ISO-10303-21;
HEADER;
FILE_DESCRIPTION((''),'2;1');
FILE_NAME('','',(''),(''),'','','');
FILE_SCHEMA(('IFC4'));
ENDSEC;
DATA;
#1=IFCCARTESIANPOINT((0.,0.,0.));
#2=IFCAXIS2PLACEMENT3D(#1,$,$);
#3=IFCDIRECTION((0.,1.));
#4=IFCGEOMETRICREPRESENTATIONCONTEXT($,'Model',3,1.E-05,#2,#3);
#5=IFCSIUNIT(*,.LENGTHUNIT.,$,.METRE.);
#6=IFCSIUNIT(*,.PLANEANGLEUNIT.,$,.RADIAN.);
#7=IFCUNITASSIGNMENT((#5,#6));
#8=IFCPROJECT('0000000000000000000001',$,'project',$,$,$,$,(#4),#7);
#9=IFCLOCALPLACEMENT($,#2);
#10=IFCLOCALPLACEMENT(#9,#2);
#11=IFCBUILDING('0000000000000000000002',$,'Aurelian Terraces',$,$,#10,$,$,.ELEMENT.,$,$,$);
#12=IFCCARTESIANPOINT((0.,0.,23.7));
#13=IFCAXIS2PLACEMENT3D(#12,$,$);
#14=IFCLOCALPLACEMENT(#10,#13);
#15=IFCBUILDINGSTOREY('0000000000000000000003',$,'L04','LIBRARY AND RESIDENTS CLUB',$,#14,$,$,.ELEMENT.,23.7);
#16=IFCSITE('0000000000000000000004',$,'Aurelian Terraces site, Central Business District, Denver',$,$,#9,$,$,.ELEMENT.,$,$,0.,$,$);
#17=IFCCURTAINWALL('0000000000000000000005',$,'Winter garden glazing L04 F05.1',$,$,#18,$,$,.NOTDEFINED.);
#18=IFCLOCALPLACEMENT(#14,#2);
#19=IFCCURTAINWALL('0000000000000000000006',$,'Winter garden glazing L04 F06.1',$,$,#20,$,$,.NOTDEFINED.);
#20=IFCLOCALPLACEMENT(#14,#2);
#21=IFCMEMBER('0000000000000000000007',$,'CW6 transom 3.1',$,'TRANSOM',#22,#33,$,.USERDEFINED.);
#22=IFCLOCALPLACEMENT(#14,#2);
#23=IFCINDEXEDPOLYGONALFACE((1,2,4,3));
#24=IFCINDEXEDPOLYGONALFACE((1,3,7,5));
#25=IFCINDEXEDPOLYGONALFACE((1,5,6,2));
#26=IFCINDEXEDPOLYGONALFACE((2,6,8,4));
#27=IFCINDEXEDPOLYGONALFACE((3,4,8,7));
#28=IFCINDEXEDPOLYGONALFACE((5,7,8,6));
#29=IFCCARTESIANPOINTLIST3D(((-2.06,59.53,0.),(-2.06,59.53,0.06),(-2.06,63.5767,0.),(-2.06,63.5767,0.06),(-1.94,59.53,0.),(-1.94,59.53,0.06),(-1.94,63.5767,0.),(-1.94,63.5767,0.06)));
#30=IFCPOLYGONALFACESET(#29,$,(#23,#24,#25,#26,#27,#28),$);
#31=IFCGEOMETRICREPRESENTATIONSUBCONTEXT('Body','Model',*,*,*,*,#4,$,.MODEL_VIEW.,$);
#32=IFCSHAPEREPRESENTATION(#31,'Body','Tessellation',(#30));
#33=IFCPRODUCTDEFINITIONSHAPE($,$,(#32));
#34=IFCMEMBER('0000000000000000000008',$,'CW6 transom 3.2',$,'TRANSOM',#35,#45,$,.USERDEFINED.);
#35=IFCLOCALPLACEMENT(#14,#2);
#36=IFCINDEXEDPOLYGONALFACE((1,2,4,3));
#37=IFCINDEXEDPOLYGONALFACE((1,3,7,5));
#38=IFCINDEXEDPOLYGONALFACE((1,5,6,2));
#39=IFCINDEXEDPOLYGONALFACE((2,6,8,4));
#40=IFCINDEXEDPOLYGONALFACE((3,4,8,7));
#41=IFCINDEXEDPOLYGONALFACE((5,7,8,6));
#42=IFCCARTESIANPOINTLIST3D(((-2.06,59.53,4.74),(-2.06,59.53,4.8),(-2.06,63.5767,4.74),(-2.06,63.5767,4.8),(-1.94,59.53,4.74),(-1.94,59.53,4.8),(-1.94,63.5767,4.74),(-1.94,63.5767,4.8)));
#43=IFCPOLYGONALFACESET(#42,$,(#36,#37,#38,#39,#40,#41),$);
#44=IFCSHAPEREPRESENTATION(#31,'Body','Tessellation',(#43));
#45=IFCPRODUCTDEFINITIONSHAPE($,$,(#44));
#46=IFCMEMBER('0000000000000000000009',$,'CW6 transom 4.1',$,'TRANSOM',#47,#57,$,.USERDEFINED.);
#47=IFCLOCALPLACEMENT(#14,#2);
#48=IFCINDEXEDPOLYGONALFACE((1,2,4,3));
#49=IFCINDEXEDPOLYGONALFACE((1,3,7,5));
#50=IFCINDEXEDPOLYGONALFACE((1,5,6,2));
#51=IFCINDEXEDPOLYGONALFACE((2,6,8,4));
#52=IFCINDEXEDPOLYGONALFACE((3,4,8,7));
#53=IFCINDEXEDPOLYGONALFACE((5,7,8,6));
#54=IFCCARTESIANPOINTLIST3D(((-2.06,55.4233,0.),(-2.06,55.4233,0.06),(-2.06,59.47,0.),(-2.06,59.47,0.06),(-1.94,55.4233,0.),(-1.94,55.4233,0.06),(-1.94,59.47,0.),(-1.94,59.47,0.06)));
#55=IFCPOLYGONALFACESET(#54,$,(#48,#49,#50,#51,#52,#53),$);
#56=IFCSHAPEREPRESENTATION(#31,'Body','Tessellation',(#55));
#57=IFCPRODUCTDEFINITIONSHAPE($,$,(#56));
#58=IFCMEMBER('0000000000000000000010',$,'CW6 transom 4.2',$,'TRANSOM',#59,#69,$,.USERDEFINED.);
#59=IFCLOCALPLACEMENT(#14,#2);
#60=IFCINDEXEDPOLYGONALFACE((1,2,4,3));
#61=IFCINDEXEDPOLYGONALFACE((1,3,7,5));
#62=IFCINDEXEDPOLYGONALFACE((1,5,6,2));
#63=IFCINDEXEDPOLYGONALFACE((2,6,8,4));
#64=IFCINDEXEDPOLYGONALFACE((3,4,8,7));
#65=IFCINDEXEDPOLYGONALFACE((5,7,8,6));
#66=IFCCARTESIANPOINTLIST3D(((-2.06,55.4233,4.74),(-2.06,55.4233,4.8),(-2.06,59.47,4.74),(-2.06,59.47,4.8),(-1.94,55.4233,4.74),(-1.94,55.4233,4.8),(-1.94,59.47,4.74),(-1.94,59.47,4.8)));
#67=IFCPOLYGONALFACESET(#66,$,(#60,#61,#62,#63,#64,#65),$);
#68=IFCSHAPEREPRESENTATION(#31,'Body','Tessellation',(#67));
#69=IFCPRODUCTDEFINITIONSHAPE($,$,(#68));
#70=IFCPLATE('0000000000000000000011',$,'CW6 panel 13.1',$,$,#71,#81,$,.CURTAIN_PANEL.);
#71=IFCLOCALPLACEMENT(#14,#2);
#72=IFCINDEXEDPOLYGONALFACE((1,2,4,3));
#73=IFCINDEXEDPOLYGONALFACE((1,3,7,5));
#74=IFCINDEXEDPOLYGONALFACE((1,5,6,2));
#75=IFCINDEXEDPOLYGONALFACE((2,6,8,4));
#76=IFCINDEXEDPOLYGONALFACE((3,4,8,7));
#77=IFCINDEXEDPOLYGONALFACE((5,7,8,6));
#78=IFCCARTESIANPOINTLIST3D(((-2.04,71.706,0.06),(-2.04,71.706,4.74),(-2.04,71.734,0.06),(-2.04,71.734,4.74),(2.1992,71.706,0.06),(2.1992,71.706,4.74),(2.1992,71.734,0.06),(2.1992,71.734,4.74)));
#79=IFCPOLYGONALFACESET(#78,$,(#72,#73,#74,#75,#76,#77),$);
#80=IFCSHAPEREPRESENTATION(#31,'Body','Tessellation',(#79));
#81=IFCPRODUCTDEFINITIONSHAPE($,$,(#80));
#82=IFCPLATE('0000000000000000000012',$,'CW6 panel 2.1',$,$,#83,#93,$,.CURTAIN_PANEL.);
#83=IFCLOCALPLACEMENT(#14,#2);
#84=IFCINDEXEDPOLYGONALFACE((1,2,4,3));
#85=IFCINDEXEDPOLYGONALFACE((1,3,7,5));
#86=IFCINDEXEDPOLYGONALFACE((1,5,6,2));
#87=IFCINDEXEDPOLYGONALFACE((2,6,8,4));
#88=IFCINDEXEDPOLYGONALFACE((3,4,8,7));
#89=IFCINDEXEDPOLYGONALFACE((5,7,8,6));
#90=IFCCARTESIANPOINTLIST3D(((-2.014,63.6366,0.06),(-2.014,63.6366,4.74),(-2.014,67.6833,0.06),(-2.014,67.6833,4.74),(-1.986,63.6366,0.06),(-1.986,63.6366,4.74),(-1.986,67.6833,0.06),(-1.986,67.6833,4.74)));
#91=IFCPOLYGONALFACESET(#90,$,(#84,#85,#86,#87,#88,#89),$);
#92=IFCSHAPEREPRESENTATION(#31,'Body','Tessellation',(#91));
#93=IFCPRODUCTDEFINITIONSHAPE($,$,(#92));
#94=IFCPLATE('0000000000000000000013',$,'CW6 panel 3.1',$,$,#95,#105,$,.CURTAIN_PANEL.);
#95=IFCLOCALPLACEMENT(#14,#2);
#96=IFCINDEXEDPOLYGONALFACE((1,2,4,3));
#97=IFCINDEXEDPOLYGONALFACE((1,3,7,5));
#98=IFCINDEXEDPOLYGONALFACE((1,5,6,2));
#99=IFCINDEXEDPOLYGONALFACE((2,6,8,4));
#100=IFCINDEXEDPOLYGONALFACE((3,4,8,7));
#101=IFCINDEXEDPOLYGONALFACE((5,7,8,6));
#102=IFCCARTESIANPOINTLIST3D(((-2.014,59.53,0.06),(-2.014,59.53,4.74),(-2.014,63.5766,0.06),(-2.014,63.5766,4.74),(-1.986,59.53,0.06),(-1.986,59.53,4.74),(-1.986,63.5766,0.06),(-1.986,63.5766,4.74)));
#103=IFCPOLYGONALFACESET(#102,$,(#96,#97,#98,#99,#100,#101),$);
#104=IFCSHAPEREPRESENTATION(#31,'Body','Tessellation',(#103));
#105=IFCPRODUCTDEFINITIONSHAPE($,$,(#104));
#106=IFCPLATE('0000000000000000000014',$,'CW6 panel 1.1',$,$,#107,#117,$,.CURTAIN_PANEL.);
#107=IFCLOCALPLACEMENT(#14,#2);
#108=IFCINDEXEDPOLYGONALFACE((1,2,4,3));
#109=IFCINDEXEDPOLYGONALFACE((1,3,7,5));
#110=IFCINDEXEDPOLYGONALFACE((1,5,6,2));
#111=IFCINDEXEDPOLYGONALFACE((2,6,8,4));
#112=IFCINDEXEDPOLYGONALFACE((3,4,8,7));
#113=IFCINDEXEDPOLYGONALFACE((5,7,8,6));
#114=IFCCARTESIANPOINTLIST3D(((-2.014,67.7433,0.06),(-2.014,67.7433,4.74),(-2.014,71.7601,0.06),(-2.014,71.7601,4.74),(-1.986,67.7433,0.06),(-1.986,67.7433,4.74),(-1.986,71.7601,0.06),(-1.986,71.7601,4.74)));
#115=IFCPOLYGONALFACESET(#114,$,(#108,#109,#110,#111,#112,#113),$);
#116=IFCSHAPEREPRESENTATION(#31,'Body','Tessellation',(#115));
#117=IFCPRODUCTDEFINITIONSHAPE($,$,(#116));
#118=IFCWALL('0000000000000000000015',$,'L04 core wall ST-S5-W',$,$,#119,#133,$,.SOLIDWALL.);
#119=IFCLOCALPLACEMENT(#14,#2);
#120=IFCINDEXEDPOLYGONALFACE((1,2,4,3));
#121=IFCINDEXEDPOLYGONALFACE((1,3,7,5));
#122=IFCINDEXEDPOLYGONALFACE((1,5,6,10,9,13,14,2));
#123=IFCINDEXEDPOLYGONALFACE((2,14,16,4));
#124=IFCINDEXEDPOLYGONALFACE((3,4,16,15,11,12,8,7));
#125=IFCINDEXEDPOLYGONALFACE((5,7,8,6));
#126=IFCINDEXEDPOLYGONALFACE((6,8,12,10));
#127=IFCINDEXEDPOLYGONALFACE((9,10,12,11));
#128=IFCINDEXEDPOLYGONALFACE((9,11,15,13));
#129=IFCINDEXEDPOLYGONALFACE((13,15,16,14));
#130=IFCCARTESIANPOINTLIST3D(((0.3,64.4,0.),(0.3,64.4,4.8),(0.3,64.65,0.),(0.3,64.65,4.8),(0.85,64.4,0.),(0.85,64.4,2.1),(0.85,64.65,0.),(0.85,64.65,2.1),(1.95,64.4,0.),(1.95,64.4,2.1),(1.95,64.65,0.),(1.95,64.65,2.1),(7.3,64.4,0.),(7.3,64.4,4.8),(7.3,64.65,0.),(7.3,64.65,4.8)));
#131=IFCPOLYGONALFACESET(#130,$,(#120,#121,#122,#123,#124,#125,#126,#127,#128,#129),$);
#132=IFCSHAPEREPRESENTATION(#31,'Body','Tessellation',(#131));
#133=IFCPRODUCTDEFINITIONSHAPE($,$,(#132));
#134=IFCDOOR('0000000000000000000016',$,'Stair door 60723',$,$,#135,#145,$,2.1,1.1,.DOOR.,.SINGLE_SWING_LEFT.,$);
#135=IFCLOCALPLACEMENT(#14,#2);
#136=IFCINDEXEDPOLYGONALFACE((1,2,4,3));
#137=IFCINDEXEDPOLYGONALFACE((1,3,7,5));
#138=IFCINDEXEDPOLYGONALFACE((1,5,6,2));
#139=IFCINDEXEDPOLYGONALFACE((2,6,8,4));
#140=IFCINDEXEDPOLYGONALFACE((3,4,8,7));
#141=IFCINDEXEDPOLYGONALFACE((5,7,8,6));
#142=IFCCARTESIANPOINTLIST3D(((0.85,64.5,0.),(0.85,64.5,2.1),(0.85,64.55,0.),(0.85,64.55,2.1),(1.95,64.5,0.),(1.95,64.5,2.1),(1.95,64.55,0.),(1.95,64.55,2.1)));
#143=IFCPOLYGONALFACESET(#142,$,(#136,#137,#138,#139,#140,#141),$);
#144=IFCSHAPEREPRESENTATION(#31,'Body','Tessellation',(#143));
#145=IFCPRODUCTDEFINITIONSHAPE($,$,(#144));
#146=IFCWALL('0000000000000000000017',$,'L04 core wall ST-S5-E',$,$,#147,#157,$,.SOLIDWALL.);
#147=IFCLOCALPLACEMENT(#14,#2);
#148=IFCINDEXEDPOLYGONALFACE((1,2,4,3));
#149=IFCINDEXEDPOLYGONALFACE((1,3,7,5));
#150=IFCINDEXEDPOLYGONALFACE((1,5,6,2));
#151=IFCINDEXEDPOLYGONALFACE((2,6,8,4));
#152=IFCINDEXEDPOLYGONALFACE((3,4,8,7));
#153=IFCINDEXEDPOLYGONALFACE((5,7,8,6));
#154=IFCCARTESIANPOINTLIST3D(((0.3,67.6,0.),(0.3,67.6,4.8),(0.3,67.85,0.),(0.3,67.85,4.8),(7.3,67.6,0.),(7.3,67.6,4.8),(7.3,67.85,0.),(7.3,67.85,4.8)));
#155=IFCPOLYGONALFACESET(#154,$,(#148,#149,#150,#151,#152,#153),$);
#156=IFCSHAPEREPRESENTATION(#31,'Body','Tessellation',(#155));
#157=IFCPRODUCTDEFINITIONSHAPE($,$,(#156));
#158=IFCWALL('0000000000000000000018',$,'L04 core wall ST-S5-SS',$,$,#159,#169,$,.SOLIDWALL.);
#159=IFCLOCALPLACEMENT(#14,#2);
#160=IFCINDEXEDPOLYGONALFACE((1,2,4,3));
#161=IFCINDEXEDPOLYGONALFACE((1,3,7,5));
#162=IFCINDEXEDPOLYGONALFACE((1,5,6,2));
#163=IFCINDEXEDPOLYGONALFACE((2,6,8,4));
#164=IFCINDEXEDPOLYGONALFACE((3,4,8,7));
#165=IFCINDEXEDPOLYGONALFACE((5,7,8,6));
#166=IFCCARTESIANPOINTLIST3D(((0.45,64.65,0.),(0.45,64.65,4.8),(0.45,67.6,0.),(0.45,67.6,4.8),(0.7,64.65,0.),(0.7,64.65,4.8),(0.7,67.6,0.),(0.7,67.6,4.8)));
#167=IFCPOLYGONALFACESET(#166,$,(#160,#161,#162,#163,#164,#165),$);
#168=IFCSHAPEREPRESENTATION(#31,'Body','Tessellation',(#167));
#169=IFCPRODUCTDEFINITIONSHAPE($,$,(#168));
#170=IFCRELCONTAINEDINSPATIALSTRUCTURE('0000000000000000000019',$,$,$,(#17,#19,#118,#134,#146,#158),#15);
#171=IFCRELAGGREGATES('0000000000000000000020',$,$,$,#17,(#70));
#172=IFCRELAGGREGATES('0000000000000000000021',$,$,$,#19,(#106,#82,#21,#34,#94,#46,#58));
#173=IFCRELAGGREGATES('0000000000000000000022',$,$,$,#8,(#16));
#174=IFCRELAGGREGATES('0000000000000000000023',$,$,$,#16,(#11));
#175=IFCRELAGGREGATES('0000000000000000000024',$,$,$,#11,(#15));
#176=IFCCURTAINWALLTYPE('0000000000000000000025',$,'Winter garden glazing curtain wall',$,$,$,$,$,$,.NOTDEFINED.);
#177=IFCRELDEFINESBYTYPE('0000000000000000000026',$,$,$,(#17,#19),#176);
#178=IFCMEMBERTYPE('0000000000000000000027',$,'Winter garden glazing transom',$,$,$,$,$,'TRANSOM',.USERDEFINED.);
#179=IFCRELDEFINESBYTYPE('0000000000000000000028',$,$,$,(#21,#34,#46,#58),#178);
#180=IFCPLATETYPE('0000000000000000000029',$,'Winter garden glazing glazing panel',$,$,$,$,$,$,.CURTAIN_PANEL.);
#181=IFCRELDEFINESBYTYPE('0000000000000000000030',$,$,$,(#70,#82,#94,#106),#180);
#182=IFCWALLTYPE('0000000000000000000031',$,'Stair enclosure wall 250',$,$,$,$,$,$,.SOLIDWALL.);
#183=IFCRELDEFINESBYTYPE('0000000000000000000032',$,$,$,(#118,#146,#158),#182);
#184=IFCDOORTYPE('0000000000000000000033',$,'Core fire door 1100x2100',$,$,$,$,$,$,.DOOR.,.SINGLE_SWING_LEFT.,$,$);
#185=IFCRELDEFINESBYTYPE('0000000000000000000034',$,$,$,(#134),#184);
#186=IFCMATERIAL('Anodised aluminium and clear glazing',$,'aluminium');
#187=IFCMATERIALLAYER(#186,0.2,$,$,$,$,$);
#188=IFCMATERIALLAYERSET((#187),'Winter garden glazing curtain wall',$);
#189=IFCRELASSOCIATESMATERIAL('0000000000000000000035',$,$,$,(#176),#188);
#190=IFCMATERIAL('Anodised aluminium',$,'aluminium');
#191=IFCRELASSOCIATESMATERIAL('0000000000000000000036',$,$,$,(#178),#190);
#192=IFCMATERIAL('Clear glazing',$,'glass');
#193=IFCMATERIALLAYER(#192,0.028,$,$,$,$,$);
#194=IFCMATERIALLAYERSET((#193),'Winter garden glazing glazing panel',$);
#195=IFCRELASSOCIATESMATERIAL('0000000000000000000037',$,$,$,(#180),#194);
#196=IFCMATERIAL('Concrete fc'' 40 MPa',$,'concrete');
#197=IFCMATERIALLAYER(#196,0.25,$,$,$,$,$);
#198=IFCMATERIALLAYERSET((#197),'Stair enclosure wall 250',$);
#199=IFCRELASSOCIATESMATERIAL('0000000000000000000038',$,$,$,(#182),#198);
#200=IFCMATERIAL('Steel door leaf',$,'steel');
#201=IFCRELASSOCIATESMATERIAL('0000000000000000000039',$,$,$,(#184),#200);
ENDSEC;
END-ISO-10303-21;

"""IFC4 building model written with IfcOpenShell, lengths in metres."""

from ifc_helpers import new_model, si_unit, direction, frame, frame_2d, origin, origin_2d, place, context, subcontext, project, spatial, rectangle, extrude, source, transform, mapped, material, layer, layer_set, material_profile, profile_set, type_object, element, fill, aggregate, save


model = new_model("IFC4")

# Units and contexts
model_context = context("Model", 3, precision=1e-05, world=origin(), true_north=direction((0.0, 1.0)))
body_context = subcontext(model_context, "Body", "Model", "MODEL_VIEW")
ifc_project = project(units=[si_unit("LENGTHUNIT", "METRE"), si_unit("PLANEANGLEUNIT", "RADIAN")], contexts=[model_context])

# Site, building, storey
site_placement = place(None, origin())
site = spatial("IfcSite", under=ifc_project, at=site_placement, Name="Aurelian Terraces site, Central Business District, Denver", CompositionType="ELEMENT", RefElevation=0.0)
building_placement = place(site_placement, origin())
building = spatial("IfcBuilding", under=site, at=building_placement, Name="Aurelian Terraces", CompositionType="ELEMENT")
storey_placement = place(building_placement, frame((0.0, 0.0, 23.7)))
storey = spatial("IfcBuildingStorey", under=building, at=storey_placement, Name="L04", Description="LIBRARY AND RESIDENTS CLUB", CompositionType="ELEMENT", Elevation=23.7)

# Curtain walls
ifc_material_1 = material(Name="Anodised aluminium and clear glazing", Category="aluminium")
ifc_layer_1 = layer(ifc_material_1, 0.2)
ifc_layer_set_1 = layer_set([ifc_layer_1], Name="Winter garden glazing curtain wall")
curtain_wall_type = type_object("IfcCurtainWallType", Name="Winter garden glazing curtain wall", PredefinedType="NOTDEFINED", material=ifc_layer_set_1)
curtain_wall_1_placement = place(storey_placement, origin())
curtain_wall_1 = element("IfcCurtainWall", 1, at=curtain_wall_1_placement, inside=storey, type_object=curtain_wall_type, Name="Winter garden glazing L04 F05.1", PredefinedType="NOTDEFINED")
ifc_material_2 = material(Name="Anodised aluminium", Category="aluminium")
curtain_wall_2_placement = place(storey_placement, origin())
curtain_wall_2 = element("IfcCurtainWall", 2, at=curtain_wall_2_placement, inside=storey, type_object=curtain_wall_type, Name="Winter garden glazing L04 F06.1", PredefinedType="NOTDEFINED")

# Members
ifc_material_profile_1 = material_profile(ifc_material_2, rectangle(XDim=0.12, YDim=0.06, at=origin_2d()))
ifc_profile_set_1 = profile_set([ifc_material_profile_1], Name="Anodised aluminium")
member_type_1 = type_object("IfcMemberType", Name="Winter garden glazing transom", ElementType="TRANSOM", PredefinedType="USERDEFINED", material=ifc_profile_set_1)
shared_shape_1 = source(origin(), body_context, "Body", "SweptSolid", [
    extrude(rectangle(XDim=0.12, YDim=0.06, at=origin_2d()), origin(), (0.0, 0.0, 1.0), 4.0467),
])
member_1_placement = place(storey_placement, frame((-2.0, 63.5767, 0.03), z_axis=(0.0, -1.0, 0.0), x_axis=(1.0, 0.0, 0.0)))
member_1 = element("IfcMember", 3, at=member_1_placement, type_object=member_type_1, Name="CW6 transom 3.1", ObjectType="TRANSOM", PredefinedType="USERDEFINED", context=body_context, shape_type="MappedRepresentation", body=[
    mapped(shared_shape_1, transform((0.0, 0.0, 0.0), scale=1.0)),
])
member_2_placement = place(storey_placement, frame((-2.0, 63.5767, 4.77), z_axis=(0.0, -1.0, 0.0), x_axis=(1.0, 0.0, 0.0)))
member_2 = element("IfcMember", 4, at=member_2_placement, type_object=member_type_1, Name="CW6 transom 3.2", ObjectType="TRANSOM", PredefinedType="USERDEFINED", context=body_context, shape_type="MappedRepresentation", body=[
    mapped(shared_shape_1, transform((0.0, 0.0, 0.0), scale=1.0)),
])
member_3_placement = place(storey_placement, frame((-2.0, 59.47, 0.03), z_axis=(0.0, -1.0, 0.0), x_axis=(1.0, 0.0, 0.0)))
member_3 = element("IfcMember", 5, at=member_3_placement, type_object=member_type_1, Name="CW6 transom 4.1", ObjectType="TRANSOM", PredefinedType="USERDEFINED", context=body_context, shape_type="MappedRepresentation", body=[
    mapped(shared_shape_1, transform((0.0, 0.0, 0.0), scale=1.0)),
])
member_4_placement = place(storey_placement, frame((-2.0, 59.47, 4.77), z_axis=(0.0, -1.0, 0.0), x_axis=(1.0, 0.0, 0.0)))
member_4 = element("IfcMember", 6, at=member_4_placement, type_object=member_type_1, Name="CW6 transom 4.2", ObjectType="TRANSOM", PredefinedType="USERDEFINED", context=body_context, shape_type="MappedRepresentation", body=[
    mapped(shared_shape_1, transform((0.0, 0.0, 0.0), scale=1.0)),
])

# Plates
ifc_material_3 = material(Name="Clear glazing", Category="glass")
ifc_layer_2 = layer(ifc_material_3, 0.028)
ifc_layer_set_2 = layer_set([ifc_layer_2], Name="Winter garden glazing glazing panel")
plate_type = type_object("IfcPlateType", Name="Winter garden glazing glazing panel", PredefinedType="CURTAIN_PANEL", material=ifc_layer_set_2)
shared_shape_2 = source(origin(), body_context, "Body", "SweptSolid", [
    extrude(rectangle(XDim=4.2392, YDim=0.028, at=origin_2d()), origin(), (0.0, 0.0, 1.0), 4.68),
])
plate_1_placement = place(storey_placement, frame((0.0796, 71.72, 0.06), z_axis=(0.0, 0.0, 1.0), x_axis=(-1.0, 0.0, 0.0)))
plate_1 = element("IfcPlate", 7, at=plate_1_placement, type_object=plate_type, Name="CW6 panel 13.1", PredefinedType="CURTAIN_PANEL", context=body_context, shape_type="MappedRepresentation", body=[
    mapped(shared_shape_2, transform((0.0, 0.0, 0.0), scale=1.0)),
])
aggregate(curtain_wall_1, [plate_1])
shared_shape_3 = source(origin(), body_context, "Body", "SweptSolid", [
    extrude(rectangle(XDim=4.0467, YDim=0.028, at=origin_2d()), origin(), (0.0, 0.0, 1.0), 4.68),
])
plate_2_placement = place(storey_placement, frame((-2.0, 65.66, 0.06), z_axis=(0.0, 0.0, 1.0), x_axis=(0.0, -1.0, 0.0)))
plate_2 = element("IfcPlate", 8, at=plate_2_placement, type_object=plate_type, Name="CW6 panel 2.1", PredefinedType="CURTAIN_PANEL", context=body_context, shape_type="MappedRepresentation", body=[
    mapped(shared_shape_3, transform((0.0, 0.0, 0.0), scale=1.0)),
])
plate_3_placement = place(storey_placement, frame((-2.0, 61.5533, 0.06), z_axis=(0.0, 0.0, 1.0), x_axis=(0.0, -1.0, 0.0)))
plate_3 = element("IfcPlate", 9, at=plate_3_placement, type_object=plate_type, Name="CW6 panel 3.1", PredefinedType="CURTAIN_PANEL", context=body_context, shape_type="MappedRepresentation", body=[
    mapped(shared_shape_3, transform((0.0, 0.0, 0.0), scale=1.0)),
])
shared_shape_4 = source(origin(), body_context, "Body", "SweptSolid", [
    extrude(rectangle(XDim=4.0167, YDim=0.028, at=origin_2d()), origin(), (0.0, 0.0, 1.0), 4.68),
])
plate_4_placement = place(storey_placement, frame((-2.0, 69.7517, 0.06), z_axis=(0.0, 0.0, 1.0), x_axis=(0.0, -1.0, 0.0)))
plate_4 = element("IfcPlate", 10, at=plate_4_placement, type_object=plate_type, Name="CW6 panel 1.1", PredefinedType="CURTAIN_PANEL", context=body_context, shape_type="MappedRepresentation", body=[
    mapped(shared_shape_4, transform((0.0, 0.0, 0.0), scale=1.0)),
])
aggregate(curtain_wall_2, [plate_4, plate_2, member_1, member_2, plate_3, member_3, member_4])

# Wall, opening, door
ifc_material_4 = material(Name="Concrete fc' 40 MPa", Category="concrete")
ifc_layer_3 = layer(ifc_material_4, 0.25)
ifc_layer_set_3 = layer_set([ifc_layer_3], Name="Stair enclosure wall 250")
wall_type_1 = type_object("IfcWallType", Name="Stair enclosure wall 250", PredefinedType="SOLIDWALL", material=ifc_layer_set_3)
shared_shape_5 = source(origin(), body_context, "Body", "SweptSolid", [
    extrude(rectangle(XDim=7.0, YDim=0.25, at=frame_2d((3.5, 0.0))), origin(), (0.0, 0.0, 1.0), 4.8),
])
wall_1_placement = place(storey_placement, frame((0.3, 64.525, 0.0), z_axis=(0.0, 0.0, 1.0), x_axis=(1.0, 0.0, 0.0)))
wall_1 = element("IfcWall", 11, at=wall_1_placement, inside=storey, type_object=wall_type_1, Name="L04 core wall ST-S5-W", PredefinedType="SOLIDWALL", context=body_context, shape_type="MappedRepresentation", body=[
    mapped(shared_shape_5, transform((0.0, 0.0, 0.0), scale=1.0)),
])
shared_shape_6 = source(origin(), body_context, "Body", "SweptSolid", [
    extrude(rectangle(XDim=1.1, YDim=2.1, at=frame_2d((0.55, 1.05))), frame((0.0, 0.135, 0.0), z_axis=(0.0, -1.0, 0.0), x_axis=(1.0, 0.0, 0.0)), (0.0, 0.0, 1.0), 0.27),
])
opening_placement = place(wall_1_placement, frame((0.55, 0.0, 0.0)))
opening = element("IfcOpeningElement", 12, at=opening_placement, cuts=wall_1, PredefinedType="OPENING", context=body_context, shape_type="MappedRepresentation", body=[
    mapped(shared_shape_6, transform((0.0, 0.0, 0.0), scale=1.0)),
])
ifc_material_5 = material(Name="Steel door leaf", Category="steel")
door_type = type_object("IfcDoorType", Name="Core fire door 1100x2100", OperationType="SINGLE_SWING_LEFT", PredefinedType="DOOR", material=ifc_material_5)
shared_shape_7 = source(origin(), body_context, "Body", "SweptSolid", [
    extrude(rectangle(XDim=1.1, YDim=2.1, at=frame_2d((0.55, 1.05))), frame((0.0, 0.025, 0.0), z_axis=(0.0, -1.0, 0.0), x_axis=(1.0, 0.0, 0.0)), (0.0, 0.0, 1.0), 0.05),
])
door_placement = place(opening_placement, origin())
door = element("IfcDoor", 13, at=door_placement, inside=storey, type_object=door_type, Name="Stair door 60723", OperationType="SINGLE_SWING_LEFT", OverallHeight=2.1, OverallWidth=1.1, PredefinedType="DOOR", context=body_context, shape_type="MappedRepresentation", body=[
    mapped(shared_shape_7, transform((0.0, 0.0, 0.0), scale=1.0)),
])
fill(opening, door)

# Walls
wall_2_placement = place(storey_placement, frame((0.3, 67.725, 0.0), z_axis=(0.0, 0.0, 1.0), x_axis=(1.0, 0.0, 0.0)))
element("IfcWall", 14, at=wall_2_placement, inside=storey, type_object=wall_type_1, Name="L04 core wall ST-S5-E", PredefinedType="SOLIDWALL", context=body_context, shape_type="MappedRepresentation", body=[
    mapped(shared_shape_5, transform((0.0, 0.0, 0.0), scale=1.0)),
])
shared_shape_8 = source(origin(), body_context, "Body", "SweptSolid", [
    extrude(rectangle(XDim=2.95, YDim=0.25, at=frame_2d((1.475, 0.0))), origin(), (0.0, 0.0, 1.0), 4.8),
])
wall_3_placement = place(storey_placement, frame((0.575, 64.65, 0.0), z_axis=(0.0, 0.0, 1.0), x_axis=(0.0, 1.0, 0.0)))
element("IfcWall", 15, at=wall_3_placement, inside=storey, type_object=wall_type_1, Name="L04 core wall ST-S5-SS", PredefinedType="SOLIDWALL", context=body_context, shape_type="MappedRepresentation", body=[
    mapped(shared_shape_8, transform((0.0, 0.0, 0.0), scale=1.0)),
])

save(model, "model.ifc")
